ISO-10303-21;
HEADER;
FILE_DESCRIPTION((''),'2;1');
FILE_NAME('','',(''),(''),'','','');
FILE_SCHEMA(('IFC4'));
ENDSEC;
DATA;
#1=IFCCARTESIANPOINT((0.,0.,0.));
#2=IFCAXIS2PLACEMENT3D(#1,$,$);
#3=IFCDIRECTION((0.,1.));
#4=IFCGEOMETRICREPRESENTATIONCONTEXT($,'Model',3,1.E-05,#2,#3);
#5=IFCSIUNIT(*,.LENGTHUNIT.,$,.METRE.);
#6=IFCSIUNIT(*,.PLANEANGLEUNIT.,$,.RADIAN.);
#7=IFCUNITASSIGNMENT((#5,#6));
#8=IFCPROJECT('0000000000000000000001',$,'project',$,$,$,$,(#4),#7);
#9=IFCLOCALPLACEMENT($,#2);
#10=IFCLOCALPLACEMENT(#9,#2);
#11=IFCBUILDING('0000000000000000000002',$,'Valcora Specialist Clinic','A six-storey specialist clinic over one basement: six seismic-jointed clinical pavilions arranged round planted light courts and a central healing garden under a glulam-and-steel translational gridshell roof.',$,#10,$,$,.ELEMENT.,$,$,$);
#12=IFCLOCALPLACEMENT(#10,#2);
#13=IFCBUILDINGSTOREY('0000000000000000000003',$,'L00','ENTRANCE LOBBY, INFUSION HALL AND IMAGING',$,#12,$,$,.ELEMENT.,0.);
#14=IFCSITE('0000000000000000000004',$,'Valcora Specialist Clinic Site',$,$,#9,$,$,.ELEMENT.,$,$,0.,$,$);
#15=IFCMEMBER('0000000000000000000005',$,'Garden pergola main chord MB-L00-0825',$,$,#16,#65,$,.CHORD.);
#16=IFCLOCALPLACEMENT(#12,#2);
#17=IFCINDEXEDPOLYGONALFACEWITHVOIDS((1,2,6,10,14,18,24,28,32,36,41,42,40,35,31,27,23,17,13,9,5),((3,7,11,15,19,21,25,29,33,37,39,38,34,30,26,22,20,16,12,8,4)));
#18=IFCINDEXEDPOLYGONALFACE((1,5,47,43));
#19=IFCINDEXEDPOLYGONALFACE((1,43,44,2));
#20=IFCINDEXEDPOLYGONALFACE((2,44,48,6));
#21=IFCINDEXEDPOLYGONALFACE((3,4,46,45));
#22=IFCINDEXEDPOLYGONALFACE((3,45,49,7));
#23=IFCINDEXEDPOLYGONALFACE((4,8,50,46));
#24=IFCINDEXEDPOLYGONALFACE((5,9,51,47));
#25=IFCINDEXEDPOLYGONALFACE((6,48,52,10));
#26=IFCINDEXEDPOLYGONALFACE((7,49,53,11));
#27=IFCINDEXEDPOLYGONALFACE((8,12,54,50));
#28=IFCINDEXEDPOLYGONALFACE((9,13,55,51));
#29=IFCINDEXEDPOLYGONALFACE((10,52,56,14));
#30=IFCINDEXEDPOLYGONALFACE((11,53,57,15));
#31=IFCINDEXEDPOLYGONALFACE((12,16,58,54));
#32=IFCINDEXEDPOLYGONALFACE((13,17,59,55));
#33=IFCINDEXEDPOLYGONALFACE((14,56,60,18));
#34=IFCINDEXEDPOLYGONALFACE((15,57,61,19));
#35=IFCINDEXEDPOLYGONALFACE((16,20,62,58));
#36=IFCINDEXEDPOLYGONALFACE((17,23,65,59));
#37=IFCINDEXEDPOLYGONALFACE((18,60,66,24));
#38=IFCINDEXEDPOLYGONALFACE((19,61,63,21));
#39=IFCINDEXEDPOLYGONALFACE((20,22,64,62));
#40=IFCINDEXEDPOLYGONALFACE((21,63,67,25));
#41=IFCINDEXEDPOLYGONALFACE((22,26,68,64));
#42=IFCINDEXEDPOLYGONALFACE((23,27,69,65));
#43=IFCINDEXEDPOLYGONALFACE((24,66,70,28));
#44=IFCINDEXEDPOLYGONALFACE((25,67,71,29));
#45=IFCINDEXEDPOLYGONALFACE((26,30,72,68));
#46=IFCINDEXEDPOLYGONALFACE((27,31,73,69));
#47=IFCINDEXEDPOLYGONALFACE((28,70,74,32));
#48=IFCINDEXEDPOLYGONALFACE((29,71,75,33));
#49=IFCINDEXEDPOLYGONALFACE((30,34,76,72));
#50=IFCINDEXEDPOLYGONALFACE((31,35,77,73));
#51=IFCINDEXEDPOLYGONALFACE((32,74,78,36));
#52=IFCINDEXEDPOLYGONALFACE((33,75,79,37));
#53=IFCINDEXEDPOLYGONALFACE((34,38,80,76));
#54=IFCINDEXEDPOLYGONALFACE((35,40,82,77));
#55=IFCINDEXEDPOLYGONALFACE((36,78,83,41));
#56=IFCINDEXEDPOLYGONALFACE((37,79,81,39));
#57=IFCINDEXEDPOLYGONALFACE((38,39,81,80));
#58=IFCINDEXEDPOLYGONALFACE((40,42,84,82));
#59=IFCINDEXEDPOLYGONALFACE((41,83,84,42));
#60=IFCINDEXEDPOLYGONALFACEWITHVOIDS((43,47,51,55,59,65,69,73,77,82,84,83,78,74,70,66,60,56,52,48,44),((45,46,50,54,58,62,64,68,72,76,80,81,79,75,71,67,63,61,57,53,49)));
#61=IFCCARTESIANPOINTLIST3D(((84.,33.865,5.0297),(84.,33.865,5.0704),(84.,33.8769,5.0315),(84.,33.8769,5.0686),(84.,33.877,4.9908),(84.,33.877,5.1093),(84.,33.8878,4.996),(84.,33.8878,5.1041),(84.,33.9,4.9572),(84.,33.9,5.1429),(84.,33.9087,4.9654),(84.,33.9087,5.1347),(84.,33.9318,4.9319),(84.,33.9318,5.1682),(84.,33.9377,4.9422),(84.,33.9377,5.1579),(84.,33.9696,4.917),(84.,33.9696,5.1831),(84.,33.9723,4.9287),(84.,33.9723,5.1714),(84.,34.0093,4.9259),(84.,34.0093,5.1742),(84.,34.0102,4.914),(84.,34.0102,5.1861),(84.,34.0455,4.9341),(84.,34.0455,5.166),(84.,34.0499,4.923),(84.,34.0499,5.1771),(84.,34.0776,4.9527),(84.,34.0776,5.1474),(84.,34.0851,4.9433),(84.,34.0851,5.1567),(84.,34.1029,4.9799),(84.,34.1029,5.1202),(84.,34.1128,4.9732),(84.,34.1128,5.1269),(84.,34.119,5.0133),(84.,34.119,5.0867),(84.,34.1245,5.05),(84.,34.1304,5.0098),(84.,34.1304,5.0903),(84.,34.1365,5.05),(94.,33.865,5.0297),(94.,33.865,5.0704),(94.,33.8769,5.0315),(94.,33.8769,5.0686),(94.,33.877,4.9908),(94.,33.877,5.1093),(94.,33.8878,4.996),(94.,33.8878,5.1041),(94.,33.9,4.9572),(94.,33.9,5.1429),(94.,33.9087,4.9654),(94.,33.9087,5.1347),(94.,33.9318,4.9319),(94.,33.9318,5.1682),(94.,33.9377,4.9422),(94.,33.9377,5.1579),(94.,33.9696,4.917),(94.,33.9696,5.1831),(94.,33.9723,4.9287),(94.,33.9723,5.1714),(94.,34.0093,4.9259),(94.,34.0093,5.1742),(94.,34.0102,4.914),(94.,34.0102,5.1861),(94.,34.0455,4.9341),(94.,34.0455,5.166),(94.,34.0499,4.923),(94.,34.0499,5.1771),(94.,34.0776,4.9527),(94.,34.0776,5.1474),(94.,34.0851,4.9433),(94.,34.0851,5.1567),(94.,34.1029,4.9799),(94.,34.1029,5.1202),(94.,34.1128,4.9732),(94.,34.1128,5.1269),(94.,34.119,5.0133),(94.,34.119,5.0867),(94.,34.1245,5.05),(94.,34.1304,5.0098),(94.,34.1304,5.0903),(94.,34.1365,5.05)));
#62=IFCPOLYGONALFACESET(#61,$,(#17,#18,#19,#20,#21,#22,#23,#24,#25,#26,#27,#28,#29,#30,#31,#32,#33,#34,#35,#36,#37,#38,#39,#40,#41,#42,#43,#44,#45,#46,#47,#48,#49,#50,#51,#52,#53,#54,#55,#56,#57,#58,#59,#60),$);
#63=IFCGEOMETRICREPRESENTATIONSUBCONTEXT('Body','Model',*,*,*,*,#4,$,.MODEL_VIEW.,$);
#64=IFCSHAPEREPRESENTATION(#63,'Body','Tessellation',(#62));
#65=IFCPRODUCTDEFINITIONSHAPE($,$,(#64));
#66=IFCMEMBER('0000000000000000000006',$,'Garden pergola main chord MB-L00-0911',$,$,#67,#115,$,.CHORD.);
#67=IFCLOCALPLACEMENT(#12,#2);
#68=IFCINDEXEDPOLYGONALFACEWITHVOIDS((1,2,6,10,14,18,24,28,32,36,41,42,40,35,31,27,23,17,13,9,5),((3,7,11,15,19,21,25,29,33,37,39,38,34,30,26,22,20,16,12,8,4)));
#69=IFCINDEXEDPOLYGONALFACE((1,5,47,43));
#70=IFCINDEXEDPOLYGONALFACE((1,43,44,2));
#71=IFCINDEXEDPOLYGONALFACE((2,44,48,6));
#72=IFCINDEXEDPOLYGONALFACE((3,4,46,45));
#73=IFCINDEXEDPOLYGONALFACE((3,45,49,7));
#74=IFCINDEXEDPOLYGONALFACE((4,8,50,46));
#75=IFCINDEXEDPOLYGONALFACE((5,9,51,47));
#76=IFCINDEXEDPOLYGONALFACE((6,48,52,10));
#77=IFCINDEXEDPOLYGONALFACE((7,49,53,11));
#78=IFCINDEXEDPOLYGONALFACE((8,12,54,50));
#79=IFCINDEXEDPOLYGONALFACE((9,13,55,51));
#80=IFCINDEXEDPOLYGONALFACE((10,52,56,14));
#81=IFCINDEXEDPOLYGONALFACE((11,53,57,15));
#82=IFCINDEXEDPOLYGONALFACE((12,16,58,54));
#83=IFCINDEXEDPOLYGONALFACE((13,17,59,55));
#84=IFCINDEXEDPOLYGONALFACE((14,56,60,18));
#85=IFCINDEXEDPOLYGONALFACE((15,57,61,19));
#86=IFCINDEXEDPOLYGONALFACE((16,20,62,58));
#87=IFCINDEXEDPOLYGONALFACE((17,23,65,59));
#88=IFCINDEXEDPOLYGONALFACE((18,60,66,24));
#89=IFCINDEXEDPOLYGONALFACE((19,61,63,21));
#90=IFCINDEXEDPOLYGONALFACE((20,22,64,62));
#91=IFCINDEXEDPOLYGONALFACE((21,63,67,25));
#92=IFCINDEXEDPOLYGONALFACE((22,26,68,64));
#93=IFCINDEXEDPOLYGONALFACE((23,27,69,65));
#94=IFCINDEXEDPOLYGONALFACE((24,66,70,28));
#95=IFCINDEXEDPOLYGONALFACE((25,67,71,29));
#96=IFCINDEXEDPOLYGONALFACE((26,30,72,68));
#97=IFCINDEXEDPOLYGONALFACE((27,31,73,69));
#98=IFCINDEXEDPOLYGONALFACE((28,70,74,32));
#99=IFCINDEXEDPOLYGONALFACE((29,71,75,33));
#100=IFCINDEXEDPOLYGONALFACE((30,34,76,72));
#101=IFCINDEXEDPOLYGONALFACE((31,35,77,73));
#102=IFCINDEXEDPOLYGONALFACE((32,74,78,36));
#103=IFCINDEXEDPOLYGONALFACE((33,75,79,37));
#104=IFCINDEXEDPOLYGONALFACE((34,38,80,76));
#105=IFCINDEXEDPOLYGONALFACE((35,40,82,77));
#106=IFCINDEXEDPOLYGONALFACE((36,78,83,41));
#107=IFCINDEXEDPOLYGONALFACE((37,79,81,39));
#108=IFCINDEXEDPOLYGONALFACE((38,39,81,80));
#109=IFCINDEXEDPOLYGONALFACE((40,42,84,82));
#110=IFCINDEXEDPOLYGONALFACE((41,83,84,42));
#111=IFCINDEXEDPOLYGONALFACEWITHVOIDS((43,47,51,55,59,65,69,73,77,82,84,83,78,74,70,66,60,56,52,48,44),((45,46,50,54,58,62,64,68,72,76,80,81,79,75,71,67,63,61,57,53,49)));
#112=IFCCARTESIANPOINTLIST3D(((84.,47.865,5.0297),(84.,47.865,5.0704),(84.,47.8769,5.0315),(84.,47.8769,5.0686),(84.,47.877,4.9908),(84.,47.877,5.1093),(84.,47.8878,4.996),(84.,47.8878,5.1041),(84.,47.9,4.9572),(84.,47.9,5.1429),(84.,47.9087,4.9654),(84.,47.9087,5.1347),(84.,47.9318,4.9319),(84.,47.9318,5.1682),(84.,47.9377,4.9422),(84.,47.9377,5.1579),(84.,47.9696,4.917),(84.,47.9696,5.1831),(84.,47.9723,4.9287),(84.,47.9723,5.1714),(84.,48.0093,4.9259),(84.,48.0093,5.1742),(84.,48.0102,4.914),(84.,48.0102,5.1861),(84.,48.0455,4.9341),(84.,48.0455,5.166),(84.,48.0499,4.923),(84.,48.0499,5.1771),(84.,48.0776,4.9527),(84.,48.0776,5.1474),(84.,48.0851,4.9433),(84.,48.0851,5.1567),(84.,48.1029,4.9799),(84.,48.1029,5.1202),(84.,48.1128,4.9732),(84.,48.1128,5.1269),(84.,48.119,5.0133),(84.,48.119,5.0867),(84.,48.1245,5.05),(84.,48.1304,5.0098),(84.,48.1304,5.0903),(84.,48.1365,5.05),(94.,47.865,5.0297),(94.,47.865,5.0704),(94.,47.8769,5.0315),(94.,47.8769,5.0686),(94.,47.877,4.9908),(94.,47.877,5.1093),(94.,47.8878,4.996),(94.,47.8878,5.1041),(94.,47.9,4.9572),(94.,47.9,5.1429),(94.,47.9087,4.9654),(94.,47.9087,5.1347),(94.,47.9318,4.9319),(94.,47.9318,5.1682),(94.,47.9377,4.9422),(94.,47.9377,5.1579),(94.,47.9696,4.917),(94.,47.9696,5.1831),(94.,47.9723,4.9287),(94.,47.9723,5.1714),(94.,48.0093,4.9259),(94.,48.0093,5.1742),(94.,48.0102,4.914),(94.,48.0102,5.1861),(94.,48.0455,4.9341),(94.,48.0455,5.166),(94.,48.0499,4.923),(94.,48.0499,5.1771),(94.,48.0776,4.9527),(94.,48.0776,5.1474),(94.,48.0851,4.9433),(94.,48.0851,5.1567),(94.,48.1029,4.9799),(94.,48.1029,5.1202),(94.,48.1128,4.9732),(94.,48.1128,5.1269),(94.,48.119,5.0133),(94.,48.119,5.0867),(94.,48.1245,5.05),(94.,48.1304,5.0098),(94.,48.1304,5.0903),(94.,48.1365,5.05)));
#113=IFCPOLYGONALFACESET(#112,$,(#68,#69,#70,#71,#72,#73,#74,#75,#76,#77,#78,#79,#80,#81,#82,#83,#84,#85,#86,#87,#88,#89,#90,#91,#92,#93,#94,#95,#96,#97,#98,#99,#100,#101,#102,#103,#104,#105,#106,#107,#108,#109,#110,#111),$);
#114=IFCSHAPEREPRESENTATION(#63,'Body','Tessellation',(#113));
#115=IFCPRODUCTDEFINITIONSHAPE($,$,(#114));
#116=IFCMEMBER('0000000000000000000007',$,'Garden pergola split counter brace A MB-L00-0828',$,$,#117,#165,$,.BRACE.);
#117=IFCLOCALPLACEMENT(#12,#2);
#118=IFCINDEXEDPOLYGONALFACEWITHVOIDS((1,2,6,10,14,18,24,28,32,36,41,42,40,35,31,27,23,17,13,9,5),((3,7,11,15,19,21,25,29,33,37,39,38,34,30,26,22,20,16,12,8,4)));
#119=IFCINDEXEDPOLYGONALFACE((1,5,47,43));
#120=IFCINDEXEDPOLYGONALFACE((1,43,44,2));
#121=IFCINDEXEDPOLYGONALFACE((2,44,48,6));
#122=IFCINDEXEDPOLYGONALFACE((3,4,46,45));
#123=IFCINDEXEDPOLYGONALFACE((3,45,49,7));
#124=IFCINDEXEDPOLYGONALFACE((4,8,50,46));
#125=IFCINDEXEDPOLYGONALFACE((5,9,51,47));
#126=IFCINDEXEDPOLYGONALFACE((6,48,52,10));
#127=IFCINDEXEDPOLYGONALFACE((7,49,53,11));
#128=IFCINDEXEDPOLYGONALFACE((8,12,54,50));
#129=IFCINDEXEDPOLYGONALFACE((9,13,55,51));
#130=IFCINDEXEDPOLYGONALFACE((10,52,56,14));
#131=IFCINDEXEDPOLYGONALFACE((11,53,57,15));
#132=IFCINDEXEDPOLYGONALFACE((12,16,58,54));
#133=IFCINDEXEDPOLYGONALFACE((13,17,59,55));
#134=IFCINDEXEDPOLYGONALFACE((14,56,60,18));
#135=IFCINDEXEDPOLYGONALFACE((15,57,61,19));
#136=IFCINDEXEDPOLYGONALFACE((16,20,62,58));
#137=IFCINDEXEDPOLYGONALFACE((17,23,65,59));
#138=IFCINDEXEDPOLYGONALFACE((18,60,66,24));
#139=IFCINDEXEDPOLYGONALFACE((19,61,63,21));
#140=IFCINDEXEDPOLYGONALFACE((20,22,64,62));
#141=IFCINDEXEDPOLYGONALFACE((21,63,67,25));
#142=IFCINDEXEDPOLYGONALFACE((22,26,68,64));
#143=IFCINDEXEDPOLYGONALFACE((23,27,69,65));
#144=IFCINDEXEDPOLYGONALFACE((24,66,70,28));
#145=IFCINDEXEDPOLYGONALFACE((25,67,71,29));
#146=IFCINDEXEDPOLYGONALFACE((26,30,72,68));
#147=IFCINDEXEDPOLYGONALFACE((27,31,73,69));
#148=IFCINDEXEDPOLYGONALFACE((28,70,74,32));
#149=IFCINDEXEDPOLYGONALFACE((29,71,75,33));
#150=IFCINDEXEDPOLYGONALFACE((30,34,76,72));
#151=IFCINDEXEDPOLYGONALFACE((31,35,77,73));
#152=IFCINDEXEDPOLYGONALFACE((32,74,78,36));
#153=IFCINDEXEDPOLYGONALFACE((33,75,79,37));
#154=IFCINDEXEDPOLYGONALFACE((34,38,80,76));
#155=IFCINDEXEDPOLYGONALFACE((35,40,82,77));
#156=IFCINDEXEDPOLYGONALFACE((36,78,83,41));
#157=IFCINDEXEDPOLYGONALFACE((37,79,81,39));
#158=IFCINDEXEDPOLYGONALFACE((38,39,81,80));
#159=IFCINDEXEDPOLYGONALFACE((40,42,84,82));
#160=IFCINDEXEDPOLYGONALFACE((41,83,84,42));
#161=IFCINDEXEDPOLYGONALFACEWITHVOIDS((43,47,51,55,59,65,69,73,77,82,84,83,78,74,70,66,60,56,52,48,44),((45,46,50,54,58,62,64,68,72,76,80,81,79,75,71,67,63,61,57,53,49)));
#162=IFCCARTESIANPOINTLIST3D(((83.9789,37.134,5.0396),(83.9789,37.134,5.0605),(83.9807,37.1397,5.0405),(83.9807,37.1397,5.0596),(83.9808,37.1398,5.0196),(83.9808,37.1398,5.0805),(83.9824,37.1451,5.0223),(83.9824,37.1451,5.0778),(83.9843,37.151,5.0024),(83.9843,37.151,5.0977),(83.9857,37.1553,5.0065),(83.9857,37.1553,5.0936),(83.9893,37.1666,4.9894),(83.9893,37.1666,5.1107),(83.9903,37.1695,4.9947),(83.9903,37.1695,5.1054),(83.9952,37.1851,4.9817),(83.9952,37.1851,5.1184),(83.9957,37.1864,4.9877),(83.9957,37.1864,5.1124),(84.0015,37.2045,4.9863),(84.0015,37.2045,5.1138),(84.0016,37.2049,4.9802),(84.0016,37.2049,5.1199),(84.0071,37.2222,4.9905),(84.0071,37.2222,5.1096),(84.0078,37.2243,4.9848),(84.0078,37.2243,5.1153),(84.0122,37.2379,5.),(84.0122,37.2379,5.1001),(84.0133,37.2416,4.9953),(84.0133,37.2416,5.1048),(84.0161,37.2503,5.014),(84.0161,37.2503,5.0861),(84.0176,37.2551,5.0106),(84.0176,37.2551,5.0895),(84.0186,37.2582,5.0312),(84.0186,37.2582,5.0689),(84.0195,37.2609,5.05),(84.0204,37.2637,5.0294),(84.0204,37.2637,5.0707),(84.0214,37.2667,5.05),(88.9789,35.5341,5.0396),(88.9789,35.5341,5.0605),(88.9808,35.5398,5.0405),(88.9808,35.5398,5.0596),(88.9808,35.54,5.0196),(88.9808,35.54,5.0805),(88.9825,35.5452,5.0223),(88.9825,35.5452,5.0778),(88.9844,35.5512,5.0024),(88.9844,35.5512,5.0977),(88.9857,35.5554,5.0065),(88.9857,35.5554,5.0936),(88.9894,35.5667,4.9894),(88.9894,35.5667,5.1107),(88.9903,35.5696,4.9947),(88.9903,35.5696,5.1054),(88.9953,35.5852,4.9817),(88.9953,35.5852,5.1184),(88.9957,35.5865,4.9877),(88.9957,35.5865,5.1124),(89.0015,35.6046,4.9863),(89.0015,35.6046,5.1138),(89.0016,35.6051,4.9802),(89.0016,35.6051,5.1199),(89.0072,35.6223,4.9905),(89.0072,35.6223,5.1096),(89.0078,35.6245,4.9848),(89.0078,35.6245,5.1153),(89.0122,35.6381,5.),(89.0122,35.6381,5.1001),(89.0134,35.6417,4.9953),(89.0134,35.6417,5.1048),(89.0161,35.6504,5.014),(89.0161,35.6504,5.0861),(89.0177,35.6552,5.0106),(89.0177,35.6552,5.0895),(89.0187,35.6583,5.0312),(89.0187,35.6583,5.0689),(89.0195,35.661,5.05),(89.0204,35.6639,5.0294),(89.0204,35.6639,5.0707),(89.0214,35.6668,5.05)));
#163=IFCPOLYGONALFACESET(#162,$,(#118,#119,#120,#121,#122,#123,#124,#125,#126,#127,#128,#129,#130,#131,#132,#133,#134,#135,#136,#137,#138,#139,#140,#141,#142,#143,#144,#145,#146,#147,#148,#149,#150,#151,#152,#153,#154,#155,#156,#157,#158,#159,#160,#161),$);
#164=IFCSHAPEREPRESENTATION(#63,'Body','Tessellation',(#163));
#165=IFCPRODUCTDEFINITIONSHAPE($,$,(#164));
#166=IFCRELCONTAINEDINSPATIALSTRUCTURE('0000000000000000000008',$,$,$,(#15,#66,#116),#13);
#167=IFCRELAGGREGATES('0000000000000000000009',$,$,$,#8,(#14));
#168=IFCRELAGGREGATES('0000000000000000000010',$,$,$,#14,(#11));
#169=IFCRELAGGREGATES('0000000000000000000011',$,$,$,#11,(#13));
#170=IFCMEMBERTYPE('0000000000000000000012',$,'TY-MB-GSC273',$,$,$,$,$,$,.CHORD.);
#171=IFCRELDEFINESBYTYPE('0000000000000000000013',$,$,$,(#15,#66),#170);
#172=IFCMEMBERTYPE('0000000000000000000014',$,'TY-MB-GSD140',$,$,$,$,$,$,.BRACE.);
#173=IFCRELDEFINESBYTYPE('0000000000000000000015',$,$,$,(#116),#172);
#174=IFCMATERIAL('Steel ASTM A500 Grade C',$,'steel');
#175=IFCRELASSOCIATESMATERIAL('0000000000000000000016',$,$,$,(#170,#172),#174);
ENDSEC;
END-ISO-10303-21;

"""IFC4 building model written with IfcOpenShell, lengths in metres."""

from ifc_helpers import new_model, si_unit, direction, frame, origin, origin_2d, place, context, subcontext, project, spatial, hollow_circle, extrude, material, material_profile, profile_set, type_object, element, save


model = new_model("IFC4")

# Units and contexts
model_context = context("Model", 3, precision=1e-05, world=origin(), true_north=direction((0.0, 1.0)))
body_context = subcontext(model_context, "Body", "Model", "MODEL_VIEW")
ifc_project = project(units=[si_unit("LENGTHUNIT", "METRE"), si_unit("PLANEANGLEUNIT", "RADIAN")], contexts=[model_context])

# Site, building, storey
site_placement = place(None, origin())
site = spatial("IfcSite", under=ifc_project, at=site_placement, Name="Valcora Specialist Clinic Site", CompositionType="ELEMENT", RefElevation=0.0)
building_placement = place(site_placement, origin())
building = spatial("IfcBuilding", under=site, at=building_placement, Name="Valcora Specialist Clinic", Description="A six-storey specialist clinic over one basement: six seismic-jointed clinical pavilions arranged round planted light courts and a central healing garden under a glulam-and-steel translational gridshell roof.", CompositionType="ELEMENT")
storey_placement = place(building_placement, origin())
storey = spatial("IfcBuildingStorey", under=building, at=storey_placement, Name="L00", Description="ENTRANCE LOBBY, INFUSION HALL AND IMAGING", CompositionType="ELEMENT", Elevation=0.0)

# Members
ifc_material_1 = material(Name="Steel ASTM A500 Grade C", Category="steel")
ifc_material_profile_1 = material_profile(ifc_material_1, hollow_circle(Radius=0.1365, WallThickness=0.012, at=origin_2d()), Name="ST-CHS-273X12")
ifc_profile_set_1 = profile_set([ifc_material_profile_1], Name="Steel ASTM A500 Grade C")
member_type_1 = type_object("IfcMemberType", Name="TY-MB-GSC273", PredefinedType="CHORD", material=ifc_profile_set_1)
for number, where, z_axis, x_axis, name in (
    (1, (84.0, 34.0, 5.05), (1.0, 0.0, 0.0), (0.0, 1.0, 0.0), "Garden pergola main chord MB-L00-0825"),
    (2, (84.0, 48.0, 5.05), (1.0, 0.0, 0.0), (0.0, 1.0, 0.0), "Garden pergola main chord MB-L00-0911"),
):
    element("IfcMember", number, at=place(storey_placement, frame(where, z_axis=z_axis, x_axis=x_axis)), inside=storey, type_object=member_type_1, Name=name, PredefinedType="CHORD", context=body_context, shape_type="SweptSolid", body=[
        extrude(hollow_circle(Radius=0.1365, WallThickness=0.012, at=origin_2d()), origin(), (0.0, 0.0, 1.0), 10.0),
    ])
ifc_material_profile_2 = material_profile(ifc_material_1, hollow_circle(Radius=0.0701, WallThickness=0.0061, at=origin_2d()), Name="ST-CHS-140X6")
ifc_profile_set_2 = profile_set([ifc_material_profile_2], Name="Steel ASTM A500 Grade C")
member_type_2 = type_object("IfcMemberType", Name="TY-MB-GSD140", PredefinedType="BRACE", material=ifc_profile_set_2)
for number, where, z_axis, x_axis, name in (
    (3, (84.0, 37.2, 5.05), (0.952432, -0.30475, 0.0), (0.30475, 0.952432, 0.0), "Garden pergola split counter brace A MB-L00-0828"),
):
    element("IfcMember", number, at=place(storey_placement, frame(where, z_axis=z_axis, x_axis=x_axis)), inside=storey, type_object=member_type_2, Name=name, PredefinedType="BRACE", context=body_context, shape_type="SweptSolid", body=[
        extrude(hollow_circle(Radius=0.0701, WallThickness=0.0061, at=origin_2d()), origin(), (0.0, 0.0, 1.0), 5.2498),
    ])

save(model, "model.ifc")
